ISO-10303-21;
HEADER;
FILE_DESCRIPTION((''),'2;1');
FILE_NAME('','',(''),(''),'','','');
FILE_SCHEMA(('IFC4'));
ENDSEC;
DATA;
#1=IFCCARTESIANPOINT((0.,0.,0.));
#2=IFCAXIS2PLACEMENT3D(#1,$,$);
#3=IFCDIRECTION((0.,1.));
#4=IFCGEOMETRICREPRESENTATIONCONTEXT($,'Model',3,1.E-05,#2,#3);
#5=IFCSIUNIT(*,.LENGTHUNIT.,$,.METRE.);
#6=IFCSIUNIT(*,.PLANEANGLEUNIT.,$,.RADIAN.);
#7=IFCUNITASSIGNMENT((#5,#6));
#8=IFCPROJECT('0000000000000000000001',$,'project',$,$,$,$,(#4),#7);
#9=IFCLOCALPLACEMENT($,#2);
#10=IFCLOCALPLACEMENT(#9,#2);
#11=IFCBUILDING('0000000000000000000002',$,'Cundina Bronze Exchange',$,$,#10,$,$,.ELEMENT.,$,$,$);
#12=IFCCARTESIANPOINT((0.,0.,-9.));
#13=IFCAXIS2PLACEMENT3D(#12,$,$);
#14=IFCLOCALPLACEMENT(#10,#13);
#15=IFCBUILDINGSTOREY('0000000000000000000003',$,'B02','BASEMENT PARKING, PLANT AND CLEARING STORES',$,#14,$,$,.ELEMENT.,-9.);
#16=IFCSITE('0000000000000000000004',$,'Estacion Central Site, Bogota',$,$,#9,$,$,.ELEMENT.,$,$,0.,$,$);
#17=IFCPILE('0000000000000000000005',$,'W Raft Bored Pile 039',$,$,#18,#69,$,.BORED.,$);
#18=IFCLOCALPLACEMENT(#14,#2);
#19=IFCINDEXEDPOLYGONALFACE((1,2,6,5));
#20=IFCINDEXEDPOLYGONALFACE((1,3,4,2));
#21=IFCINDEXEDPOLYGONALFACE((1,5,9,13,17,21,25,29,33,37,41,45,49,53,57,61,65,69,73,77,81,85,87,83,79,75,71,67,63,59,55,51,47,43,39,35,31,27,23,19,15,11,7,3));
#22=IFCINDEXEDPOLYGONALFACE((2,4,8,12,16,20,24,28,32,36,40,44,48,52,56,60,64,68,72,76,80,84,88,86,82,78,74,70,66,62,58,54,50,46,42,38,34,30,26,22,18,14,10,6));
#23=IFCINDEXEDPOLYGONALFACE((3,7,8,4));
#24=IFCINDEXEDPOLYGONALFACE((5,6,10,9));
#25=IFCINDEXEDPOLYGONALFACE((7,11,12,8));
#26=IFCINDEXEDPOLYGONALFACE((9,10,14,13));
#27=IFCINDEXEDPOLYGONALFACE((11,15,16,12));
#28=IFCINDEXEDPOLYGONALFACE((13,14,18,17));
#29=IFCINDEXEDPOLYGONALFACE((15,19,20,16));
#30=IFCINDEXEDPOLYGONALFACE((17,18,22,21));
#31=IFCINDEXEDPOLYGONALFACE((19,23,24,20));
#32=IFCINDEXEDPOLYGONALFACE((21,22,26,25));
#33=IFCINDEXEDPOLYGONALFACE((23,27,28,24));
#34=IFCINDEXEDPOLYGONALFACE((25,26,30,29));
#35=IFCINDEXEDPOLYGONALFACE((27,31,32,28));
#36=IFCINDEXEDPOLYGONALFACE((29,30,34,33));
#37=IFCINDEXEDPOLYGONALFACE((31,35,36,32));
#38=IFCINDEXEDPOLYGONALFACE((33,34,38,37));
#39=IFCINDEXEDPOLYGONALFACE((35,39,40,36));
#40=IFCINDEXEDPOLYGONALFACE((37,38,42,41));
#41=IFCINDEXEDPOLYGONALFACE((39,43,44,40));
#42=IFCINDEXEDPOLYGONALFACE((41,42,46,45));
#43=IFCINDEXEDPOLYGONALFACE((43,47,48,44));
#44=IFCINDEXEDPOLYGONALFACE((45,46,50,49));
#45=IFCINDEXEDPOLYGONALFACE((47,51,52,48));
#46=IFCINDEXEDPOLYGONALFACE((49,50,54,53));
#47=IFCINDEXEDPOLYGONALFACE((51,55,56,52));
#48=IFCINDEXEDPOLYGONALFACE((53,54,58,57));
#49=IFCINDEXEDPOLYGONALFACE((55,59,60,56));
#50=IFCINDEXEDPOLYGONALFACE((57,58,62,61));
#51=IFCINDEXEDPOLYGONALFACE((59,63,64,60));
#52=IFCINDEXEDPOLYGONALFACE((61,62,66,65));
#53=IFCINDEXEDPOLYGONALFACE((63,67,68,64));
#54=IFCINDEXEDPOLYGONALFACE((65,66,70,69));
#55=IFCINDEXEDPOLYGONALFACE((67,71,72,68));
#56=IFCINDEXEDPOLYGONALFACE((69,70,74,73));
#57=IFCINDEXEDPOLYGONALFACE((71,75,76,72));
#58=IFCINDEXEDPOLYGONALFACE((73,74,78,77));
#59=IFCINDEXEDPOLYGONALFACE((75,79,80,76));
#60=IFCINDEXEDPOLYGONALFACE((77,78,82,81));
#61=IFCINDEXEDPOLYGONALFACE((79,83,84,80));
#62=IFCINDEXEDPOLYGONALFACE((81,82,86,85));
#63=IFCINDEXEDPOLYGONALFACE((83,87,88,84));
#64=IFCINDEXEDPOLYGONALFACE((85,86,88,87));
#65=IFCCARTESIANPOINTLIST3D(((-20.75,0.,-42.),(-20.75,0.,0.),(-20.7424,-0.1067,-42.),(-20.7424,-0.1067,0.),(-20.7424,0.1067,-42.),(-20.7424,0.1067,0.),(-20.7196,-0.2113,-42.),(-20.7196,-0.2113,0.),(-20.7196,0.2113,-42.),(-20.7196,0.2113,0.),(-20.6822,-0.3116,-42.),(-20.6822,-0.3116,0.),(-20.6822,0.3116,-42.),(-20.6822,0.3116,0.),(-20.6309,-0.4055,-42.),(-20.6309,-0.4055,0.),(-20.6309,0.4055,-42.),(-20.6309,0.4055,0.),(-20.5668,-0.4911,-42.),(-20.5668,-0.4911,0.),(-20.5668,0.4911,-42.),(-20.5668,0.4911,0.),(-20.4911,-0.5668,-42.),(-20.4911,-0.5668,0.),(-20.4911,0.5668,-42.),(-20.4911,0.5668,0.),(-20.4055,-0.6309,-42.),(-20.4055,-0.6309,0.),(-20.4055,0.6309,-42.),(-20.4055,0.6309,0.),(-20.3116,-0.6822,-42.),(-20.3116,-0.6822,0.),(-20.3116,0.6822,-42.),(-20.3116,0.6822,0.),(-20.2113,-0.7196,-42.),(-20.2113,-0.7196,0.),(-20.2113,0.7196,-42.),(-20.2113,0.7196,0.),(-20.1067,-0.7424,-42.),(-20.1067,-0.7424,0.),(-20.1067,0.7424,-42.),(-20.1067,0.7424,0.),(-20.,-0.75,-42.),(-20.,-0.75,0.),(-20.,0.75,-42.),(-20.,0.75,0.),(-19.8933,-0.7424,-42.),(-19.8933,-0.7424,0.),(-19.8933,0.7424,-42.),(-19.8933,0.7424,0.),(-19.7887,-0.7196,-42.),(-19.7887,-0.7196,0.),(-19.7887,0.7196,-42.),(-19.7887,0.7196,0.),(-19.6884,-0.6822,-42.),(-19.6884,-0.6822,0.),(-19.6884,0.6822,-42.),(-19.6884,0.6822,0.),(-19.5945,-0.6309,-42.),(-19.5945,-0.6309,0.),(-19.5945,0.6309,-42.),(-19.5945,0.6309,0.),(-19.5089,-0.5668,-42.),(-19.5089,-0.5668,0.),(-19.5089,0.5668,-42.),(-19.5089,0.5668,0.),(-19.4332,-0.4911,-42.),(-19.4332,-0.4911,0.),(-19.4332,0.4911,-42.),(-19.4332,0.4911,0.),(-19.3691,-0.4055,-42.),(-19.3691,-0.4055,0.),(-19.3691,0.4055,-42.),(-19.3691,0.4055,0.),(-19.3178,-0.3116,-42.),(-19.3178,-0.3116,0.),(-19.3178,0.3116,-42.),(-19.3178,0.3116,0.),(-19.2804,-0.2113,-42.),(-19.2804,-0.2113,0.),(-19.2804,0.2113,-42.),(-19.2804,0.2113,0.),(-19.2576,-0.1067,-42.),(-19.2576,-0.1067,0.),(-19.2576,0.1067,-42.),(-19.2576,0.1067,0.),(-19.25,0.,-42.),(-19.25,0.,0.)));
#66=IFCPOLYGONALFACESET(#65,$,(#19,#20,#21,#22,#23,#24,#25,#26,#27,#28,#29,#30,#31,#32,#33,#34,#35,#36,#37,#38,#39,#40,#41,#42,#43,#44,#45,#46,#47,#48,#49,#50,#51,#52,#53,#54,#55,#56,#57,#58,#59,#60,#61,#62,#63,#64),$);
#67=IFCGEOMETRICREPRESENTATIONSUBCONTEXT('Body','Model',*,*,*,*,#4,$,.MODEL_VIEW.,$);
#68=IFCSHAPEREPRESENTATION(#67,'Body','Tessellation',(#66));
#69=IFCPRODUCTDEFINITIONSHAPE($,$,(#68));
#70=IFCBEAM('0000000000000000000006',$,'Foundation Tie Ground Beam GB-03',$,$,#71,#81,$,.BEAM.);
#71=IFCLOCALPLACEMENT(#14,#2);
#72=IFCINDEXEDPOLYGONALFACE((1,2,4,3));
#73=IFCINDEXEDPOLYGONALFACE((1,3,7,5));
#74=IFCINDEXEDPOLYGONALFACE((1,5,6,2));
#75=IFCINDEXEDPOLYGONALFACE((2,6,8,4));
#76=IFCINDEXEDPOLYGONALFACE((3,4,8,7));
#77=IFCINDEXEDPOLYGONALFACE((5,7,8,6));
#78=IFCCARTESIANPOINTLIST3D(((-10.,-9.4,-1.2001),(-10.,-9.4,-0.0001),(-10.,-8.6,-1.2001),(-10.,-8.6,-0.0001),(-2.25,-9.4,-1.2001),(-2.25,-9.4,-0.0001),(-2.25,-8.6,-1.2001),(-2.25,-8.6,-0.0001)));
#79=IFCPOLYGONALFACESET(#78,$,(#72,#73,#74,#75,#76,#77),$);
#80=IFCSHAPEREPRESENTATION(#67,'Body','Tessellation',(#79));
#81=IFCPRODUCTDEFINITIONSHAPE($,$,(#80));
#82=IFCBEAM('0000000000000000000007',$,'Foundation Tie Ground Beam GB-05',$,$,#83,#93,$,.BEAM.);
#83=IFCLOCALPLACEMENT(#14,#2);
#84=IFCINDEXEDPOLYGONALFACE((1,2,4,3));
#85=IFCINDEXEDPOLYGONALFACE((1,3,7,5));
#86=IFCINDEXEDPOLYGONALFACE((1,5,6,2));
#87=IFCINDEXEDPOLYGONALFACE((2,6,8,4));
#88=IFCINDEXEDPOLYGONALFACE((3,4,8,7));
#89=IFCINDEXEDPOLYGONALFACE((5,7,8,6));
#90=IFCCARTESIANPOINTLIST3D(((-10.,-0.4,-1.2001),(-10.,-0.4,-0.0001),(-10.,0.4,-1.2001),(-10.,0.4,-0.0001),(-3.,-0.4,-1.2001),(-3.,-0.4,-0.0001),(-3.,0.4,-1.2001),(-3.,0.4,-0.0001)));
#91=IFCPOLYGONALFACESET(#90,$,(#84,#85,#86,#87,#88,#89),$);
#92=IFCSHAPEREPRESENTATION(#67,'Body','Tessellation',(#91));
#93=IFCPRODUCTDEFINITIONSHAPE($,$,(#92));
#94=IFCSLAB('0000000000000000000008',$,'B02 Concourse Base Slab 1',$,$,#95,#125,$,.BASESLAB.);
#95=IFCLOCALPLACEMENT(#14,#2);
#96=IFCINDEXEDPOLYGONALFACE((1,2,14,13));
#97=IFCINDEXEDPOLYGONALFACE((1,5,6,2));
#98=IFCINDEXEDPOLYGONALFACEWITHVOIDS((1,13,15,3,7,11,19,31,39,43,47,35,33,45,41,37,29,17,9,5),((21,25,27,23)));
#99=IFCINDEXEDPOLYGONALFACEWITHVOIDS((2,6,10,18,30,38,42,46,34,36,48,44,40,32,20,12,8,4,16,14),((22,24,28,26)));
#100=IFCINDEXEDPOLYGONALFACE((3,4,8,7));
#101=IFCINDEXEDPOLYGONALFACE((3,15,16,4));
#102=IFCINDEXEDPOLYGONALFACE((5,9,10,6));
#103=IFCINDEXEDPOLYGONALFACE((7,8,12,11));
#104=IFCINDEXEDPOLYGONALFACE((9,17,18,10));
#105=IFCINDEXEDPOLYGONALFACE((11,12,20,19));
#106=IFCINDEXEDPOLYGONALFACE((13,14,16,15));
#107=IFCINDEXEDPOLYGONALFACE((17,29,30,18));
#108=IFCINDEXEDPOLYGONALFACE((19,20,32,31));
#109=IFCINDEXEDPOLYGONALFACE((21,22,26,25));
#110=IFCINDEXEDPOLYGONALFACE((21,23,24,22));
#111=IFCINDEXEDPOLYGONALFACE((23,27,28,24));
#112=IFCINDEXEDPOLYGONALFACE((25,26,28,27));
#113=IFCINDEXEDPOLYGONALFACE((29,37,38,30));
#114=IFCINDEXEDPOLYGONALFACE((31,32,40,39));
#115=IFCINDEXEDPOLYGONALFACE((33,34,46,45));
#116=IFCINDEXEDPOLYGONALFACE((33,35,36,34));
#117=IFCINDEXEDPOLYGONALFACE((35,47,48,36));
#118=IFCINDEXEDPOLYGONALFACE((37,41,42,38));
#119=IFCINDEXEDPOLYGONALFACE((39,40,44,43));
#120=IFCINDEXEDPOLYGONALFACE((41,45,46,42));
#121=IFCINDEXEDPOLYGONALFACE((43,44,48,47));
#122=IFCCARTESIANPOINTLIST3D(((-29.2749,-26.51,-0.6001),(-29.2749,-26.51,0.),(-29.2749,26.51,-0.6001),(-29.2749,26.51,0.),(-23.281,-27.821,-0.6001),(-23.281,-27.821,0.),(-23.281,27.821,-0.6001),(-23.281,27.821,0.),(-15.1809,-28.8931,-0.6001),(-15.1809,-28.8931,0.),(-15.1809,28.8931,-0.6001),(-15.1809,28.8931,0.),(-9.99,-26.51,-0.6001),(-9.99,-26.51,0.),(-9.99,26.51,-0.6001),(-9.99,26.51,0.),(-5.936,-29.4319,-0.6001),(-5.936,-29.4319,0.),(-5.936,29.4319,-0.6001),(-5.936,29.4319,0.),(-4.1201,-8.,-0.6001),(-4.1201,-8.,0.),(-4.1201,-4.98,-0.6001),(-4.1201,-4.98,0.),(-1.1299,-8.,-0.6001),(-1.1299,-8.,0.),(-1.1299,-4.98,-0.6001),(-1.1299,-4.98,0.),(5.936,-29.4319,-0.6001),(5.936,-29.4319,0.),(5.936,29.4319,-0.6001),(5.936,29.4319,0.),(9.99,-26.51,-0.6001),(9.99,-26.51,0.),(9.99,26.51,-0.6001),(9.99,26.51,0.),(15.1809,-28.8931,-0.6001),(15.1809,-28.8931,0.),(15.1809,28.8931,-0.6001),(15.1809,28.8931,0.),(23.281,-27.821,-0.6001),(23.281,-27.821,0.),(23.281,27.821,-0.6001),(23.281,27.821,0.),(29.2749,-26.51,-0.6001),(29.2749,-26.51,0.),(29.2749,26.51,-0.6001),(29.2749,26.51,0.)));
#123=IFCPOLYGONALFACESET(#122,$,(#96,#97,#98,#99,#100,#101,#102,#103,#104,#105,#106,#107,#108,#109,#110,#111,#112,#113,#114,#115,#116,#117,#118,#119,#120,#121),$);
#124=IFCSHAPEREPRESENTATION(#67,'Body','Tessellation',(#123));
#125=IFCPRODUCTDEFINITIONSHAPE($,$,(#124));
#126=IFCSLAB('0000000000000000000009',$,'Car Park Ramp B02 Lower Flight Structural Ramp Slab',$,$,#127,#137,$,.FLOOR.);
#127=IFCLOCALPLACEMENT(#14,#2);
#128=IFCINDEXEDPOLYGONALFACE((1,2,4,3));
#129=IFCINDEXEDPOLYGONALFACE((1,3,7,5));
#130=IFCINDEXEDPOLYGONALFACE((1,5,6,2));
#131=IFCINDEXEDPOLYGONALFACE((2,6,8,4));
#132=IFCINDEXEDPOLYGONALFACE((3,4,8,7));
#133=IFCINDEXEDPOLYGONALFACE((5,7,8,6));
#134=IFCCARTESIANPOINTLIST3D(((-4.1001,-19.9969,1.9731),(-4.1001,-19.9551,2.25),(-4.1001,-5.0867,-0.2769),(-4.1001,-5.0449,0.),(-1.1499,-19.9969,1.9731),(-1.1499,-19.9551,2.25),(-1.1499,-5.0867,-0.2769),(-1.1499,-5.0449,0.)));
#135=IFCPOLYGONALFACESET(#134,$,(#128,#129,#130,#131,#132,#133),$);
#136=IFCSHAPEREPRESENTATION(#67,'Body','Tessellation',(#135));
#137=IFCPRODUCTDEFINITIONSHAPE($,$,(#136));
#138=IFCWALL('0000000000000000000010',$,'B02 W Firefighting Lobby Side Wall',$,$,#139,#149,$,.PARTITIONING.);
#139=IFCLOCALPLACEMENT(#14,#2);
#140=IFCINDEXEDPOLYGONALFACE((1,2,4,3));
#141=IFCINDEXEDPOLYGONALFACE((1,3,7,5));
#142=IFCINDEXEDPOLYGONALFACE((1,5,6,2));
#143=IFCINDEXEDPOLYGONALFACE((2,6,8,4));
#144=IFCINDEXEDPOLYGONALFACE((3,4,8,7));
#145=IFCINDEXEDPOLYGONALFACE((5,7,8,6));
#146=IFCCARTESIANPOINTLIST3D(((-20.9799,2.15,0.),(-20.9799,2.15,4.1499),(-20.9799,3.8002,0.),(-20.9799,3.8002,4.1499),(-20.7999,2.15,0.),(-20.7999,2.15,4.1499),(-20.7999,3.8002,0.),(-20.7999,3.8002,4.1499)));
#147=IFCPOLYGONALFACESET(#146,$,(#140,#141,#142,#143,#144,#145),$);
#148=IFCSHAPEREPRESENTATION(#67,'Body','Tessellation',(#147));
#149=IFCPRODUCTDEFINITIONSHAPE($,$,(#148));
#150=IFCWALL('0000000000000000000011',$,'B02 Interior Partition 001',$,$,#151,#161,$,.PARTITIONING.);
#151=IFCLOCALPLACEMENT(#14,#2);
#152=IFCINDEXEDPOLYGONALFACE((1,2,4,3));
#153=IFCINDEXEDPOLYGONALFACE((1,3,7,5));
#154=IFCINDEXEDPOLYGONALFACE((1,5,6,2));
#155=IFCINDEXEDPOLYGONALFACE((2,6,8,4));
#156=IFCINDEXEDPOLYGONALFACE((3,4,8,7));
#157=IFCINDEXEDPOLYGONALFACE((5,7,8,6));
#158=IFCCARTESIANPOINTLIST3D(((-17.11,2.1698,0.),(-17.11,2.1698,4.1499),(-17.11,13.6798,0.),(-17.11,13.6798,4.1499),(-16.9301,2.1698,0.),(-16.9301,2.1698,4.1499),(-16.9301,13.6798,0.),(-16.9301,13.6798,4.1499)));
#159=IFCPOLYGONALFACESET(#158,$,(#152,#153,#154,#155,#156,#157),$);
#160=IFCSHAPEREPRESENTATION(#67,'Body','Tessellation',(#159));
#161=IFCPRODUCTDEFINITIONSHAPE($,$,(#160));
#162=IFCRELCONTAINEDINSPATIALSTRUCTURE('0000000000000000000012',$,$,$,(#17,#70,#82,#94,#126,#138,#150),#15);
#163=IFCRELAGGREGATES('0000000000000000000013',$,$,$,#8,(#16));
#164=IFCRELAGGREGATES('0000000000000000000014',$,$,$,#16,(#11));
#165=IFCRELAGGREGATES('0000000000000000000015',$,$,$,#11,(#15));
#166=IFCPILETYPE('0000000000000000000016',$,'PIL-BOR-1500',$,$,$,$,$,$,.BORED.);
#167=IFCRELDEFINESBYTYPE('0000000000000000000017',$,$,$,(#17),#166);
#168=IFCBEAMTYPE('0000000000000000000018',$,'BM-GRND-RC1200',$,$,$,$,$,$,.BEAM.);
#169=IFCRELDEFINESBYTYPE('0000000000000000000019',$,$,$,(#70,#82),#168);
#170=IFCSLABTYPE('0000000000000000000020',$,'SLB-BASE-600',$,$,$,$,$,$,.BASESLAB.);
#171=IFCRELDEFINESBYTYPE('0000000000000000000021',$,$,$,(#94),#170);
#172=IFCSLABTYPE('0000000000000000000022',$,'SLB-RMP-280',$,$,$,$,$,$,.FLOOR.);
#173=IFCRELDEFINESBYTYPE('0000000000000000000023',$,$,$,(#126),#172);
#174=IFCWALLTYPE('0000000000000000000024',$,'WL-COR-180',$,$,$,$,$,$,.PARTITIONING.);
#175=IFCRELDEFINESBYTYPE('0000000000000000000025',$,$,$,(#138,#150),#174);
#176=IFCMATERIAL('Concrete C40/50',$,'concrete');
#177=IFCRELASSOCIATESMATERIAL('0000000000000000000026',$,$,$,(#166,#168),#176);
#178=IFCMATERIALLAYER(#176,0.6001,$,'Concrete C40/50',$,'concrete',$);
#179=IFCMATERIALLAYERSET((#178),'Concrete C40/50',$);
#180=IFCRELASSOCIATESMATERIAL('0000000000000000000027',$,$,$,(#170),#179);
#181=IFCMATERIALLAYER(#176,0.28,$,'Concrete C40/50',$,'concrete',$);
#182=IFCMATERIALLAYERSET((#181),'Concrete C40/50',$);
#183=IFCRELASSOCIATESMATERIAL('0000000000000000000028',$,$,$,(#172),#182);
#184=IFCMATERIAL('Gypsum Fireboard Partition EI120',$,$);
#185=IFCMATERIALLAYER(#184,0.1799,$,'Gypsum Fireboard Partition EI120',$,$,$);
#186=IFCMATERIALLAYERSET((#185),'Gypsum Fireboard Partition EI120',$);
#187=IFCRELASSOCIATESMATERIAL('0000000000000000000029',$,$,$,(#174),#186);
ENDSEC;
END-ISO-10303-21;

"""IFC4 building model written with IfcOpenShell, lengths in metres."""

from ifc_helpers import new_model, si_unit, direction, frame, frame_2d, origin, origin_2d, place, context, subcontext, project, spatial, polyline, rectangle, circle, outline, extrude, material, layer, layer_set, material_profile, profile_set, type_object, element, save


model = new_model("IFC4")

# Units and contexts
model_context = context("Model", 3, precision=1e-05, world=origin(), true_north=direction((0.0, 1.0)))
body_context = subcontext(model_context, "Body", "Model", "MODEL_VIEW")
ifc_project = project(units=[si_unit("LENGTHUNIT", "METRE"), si_unit("PLANEANGLEUNIT", "RADIAN")], contexts=[model_context])

# Site, building, storey
site_placement = place(None, origin())
site = spatial("IfcSite", under=ifc_project, at=site_placement, Name="Estacion Central Site, Bogota", CompositionType="ELEMENT", RefElevation=0.0)
building_placement = place(site_placement, origin())
building = spatial("IfcBuilding", under=site, at=building_placement, Name="Cundina Bronze Exchange", CompositionType="ELEMENT")
storey_placement = place(building_placement, frame((0.0, 0.0, -9.0)))
storey = spatial("IfcBuildingStorey", under=building, at=storey_placement, Name="B02", Description="BASEMENT PARKING, PLANT AND CLEARING STORES", CompositionType="ELEMENT", Elevation=-9.0)

# Shared definitions
ifc_material_1 = material(Name="Concrete C40/50", Category="concrete")

# Pile
ifc_material_profile_1 = material_profile(ifc_material_1, circle(Radius=0.75, at=origin_2d()), Name="PILE1500D", Category="concrete")
ifc_profile_set_1 = profile_set([ifc_material_profile_1], Name="Concrete C40/50")
pile_type_1 = type_object("IfcPileType", Name="PIL-BOR-1500", PredefinedType="BORED", material=ifc_profile_set_1)
for number, where, z_axis, x_axis, name in (
    (1, (-20.0, 0.0, 0.0), (0.0, 0.0, -1.0), (1.0, 0.0, 0.0), "W Raft Bored Pile 039"),
):
    element("IfcPile", number, at=place(storey_placement, frame(where, z_axis=z_axis, x_axis=x_axis)), inside=storey, type_object=pile_type_1, Name=name, PredefinedType="BORED", context=body_context, shape_type="SweptSolid", body=[
        extrude(circle(Radius=0.75, at=origin_2d()), origin(), (0.0, 0.0, 1.0), 42.0),
    ])

# Beams
ifc_material_profile_2 = material_profile(ifc_material_1, rectangle(XDim=0.8, YDim=1.2, at=origin_2d()), Name="RC800X1200", Category="concrete")
ifc_profile_set_2 = profile_set([ifc_material_profile_2], Name="Concrete C40/50")
beam_type = type_object("IfcBeamType", Name="BM-GRND-RC1200", PredefinedType="BEAM", material=ifc_profile_set_2)
beam_1_placement = place(storey_placement, frame((-10.0, -9.0, -0.6001), z_axis=(1.0, 0.0, 0.0), x_axis=(0.0, 1.0, 0.0)))
element("IfcBeam", 2, at=beam_1_placement, inside=storey, type_object=beam_type, Name="Foundation Tie Ground Beam GB-03", PredefinedType="BEAM", context=body_context, shape_type="SweptSolid", body=[
    extrude(rectangle(XDim=0.8, YDim=1.2, at=origin_2d()), origin(), (0.0, 0.0, 1.0), 7.75),
])
beam_2_placement = place(storey_placement, frame((-10.0, 0.0, -0.6001), z_axis=(1.0, 0.0, 0.0), x_axis=(0.0, 1.0, 0.0)))
element("IfcBeam", 3, at=beam_2_placement, inside=storey, type_object=beam_type, Name="Foundation Tie Ground Beam GB-05", PredefinedType="BEAM", context=body_context, shape_type="SweptSolid", body=[
    extrude(rectangle(XDim=0.8, YDim=1.2, at=origin_2d()), origin(), (0.0, 0.0, 1.0), 7.0),
])

# Slabs
ifc_layer_1 = layer(ifc_material_1, 0.6001, Name="Concrete C40/50", Category="concrete")
ifc_layer_set_1 = layer_set([ifc_layer_1], Name="Concrete C40/50")
slab_type_1 = type_object("IfcSlabType", Name="SLB-BASE-600", PredefinedType="BASESLAB", material=ifc_layer_set_1)
slab_1_placement = place(storey_placement, frame((0.0, 0.0, -0.6001)))
element("IfcSlab", 4, at=slab_1_placement, inside=storey, type_object=slab_type_1, Name="B02 Concourse Base Slab 1", PredefinedType="BASESLAB", context=body_context, shape_type="SweptSolid", body=[
    extrude(outline(polyline([(-23.281, 27.821), (-15.1809, 28.8931), (-5.936, 29.4319), (5.936, 29.4319), (15.1809, 28.8931), (23.281, 27.821), (29.2749, 26.51), (9.99, 26.51), (9.99, -26.51), (29.2749, -26.51), (23.281, -27.821), (15.1809, -28.8931), (5.936, -29.4319), (-5.936, -29.4319), (-15.1809, -28.8931), (-23.281, -27.821), (-29.2749, -26.51), (-9.99, -26.51), (-9.99, 26.51), (-29.2749, 26.51), (-23.281, 27.821)]), holes=[polyline([(-4.1201, -4.98), (-1.1299, -4.98), (-1.1299, -8.0), (-4.1201, -8.0), (-4.1201, -4.98)])]), origin(), (0.0, 0.0, 1.0), 0.6001),
])
ifc_layer_2 = layer(ifc_material_1, 0.28, Name="Concrete C40/50", Category="concrete")
ifc_layer_set_2 = layer_set([ifc_layer_2], Name="Concrete C40/50")
slab_type_2 = type_object("IfcSlabType", Name="SLB-RMP-280", PredefinedType="FLOOR", material=ifc_layer_set_2)
slab_2_placement = place(storey_placement, frame((-1.1499, -5.0449, 0.0), z_axis=(0.0, 0.149214, 0.988805), x_axis=(-1.0, 0.0, 0.0)))
element("IfcSlab", 5, at=slab_2_placement, inside=storey, type_object=slab_type_2, Name="Car Park Ramp B02 Lower Flight Structural Ramp Slab", PredefinedType="FLOOR", context=body_context, shape_type="SweptSolid", body=[
    extrude(outline(polyline([(0.0, 0.0), (2.9502, 0.0), (2.9502, 15.079), (0.0, 15.079), (0.0, 0.0)])), origin(), (0.0, 0.0, -1.0), 0.28),
])

# Walls
ifc_material_2 = material(Name="Gypsum Fireboard Partition EI120")
ifc_layer_3 = layer(ifc_material_2, 0.1799, Name="Gypsum Fireboard Partition EI120")
ifc_layer_set_3 = layer_set([ifc_layer_3], Name="Gypsum Fireboard Partition EI120")
wall_type_1 = type_object("IfcWallType", Name="WL-COR-180", PredefinedType="PARTITIONING", material=ifc_layer_set_3)
wall_1_placement = place(storey_placement, frame((-20.8899, 2.1499, 0.0), z_axis=(0.0, 0.0, 1.0), x_axis=(0.0, 1.0, 0.0)))
element("IfcWall", 6, at=wall_1_placement, inside=storey, type_object=wall_type_1, Name="B02 W Firefighting Lobby Side Wall", PredefinedType="PARTITIONING", context=body_context, shape_type="SweptSolid", body=[
    extrude(rectangle(XDim=1.6501, YDim=0.1799, at=frame_2d((0.8252, 0.0))), origin(), (0.0, 0.0, 1.0), 4.1499),
])
wall_2_placement = place(storey_placement, frame((-17.02, 2.1699, 0.0), z_axis=(0.0, 0.0, 1.0), x_axis=(0.0, 1.0, 0.0)))
element("IfcWall", 7, at=wall_2_placement, inside=storey, type_object=wall_type_1, Name="B02 Interior Partition 001", PredefinedType="PARTITIONING", context=body_context, shape_type="SweptSolid", body=[
    extrude(rectangle(XDim=11.51, YDim=0.1799, at=frame_2d((5.7549, 0.0))), origin(), (0.0, 0.0, 1.0), 4.1499),
])

save(model, "model.ifc")
